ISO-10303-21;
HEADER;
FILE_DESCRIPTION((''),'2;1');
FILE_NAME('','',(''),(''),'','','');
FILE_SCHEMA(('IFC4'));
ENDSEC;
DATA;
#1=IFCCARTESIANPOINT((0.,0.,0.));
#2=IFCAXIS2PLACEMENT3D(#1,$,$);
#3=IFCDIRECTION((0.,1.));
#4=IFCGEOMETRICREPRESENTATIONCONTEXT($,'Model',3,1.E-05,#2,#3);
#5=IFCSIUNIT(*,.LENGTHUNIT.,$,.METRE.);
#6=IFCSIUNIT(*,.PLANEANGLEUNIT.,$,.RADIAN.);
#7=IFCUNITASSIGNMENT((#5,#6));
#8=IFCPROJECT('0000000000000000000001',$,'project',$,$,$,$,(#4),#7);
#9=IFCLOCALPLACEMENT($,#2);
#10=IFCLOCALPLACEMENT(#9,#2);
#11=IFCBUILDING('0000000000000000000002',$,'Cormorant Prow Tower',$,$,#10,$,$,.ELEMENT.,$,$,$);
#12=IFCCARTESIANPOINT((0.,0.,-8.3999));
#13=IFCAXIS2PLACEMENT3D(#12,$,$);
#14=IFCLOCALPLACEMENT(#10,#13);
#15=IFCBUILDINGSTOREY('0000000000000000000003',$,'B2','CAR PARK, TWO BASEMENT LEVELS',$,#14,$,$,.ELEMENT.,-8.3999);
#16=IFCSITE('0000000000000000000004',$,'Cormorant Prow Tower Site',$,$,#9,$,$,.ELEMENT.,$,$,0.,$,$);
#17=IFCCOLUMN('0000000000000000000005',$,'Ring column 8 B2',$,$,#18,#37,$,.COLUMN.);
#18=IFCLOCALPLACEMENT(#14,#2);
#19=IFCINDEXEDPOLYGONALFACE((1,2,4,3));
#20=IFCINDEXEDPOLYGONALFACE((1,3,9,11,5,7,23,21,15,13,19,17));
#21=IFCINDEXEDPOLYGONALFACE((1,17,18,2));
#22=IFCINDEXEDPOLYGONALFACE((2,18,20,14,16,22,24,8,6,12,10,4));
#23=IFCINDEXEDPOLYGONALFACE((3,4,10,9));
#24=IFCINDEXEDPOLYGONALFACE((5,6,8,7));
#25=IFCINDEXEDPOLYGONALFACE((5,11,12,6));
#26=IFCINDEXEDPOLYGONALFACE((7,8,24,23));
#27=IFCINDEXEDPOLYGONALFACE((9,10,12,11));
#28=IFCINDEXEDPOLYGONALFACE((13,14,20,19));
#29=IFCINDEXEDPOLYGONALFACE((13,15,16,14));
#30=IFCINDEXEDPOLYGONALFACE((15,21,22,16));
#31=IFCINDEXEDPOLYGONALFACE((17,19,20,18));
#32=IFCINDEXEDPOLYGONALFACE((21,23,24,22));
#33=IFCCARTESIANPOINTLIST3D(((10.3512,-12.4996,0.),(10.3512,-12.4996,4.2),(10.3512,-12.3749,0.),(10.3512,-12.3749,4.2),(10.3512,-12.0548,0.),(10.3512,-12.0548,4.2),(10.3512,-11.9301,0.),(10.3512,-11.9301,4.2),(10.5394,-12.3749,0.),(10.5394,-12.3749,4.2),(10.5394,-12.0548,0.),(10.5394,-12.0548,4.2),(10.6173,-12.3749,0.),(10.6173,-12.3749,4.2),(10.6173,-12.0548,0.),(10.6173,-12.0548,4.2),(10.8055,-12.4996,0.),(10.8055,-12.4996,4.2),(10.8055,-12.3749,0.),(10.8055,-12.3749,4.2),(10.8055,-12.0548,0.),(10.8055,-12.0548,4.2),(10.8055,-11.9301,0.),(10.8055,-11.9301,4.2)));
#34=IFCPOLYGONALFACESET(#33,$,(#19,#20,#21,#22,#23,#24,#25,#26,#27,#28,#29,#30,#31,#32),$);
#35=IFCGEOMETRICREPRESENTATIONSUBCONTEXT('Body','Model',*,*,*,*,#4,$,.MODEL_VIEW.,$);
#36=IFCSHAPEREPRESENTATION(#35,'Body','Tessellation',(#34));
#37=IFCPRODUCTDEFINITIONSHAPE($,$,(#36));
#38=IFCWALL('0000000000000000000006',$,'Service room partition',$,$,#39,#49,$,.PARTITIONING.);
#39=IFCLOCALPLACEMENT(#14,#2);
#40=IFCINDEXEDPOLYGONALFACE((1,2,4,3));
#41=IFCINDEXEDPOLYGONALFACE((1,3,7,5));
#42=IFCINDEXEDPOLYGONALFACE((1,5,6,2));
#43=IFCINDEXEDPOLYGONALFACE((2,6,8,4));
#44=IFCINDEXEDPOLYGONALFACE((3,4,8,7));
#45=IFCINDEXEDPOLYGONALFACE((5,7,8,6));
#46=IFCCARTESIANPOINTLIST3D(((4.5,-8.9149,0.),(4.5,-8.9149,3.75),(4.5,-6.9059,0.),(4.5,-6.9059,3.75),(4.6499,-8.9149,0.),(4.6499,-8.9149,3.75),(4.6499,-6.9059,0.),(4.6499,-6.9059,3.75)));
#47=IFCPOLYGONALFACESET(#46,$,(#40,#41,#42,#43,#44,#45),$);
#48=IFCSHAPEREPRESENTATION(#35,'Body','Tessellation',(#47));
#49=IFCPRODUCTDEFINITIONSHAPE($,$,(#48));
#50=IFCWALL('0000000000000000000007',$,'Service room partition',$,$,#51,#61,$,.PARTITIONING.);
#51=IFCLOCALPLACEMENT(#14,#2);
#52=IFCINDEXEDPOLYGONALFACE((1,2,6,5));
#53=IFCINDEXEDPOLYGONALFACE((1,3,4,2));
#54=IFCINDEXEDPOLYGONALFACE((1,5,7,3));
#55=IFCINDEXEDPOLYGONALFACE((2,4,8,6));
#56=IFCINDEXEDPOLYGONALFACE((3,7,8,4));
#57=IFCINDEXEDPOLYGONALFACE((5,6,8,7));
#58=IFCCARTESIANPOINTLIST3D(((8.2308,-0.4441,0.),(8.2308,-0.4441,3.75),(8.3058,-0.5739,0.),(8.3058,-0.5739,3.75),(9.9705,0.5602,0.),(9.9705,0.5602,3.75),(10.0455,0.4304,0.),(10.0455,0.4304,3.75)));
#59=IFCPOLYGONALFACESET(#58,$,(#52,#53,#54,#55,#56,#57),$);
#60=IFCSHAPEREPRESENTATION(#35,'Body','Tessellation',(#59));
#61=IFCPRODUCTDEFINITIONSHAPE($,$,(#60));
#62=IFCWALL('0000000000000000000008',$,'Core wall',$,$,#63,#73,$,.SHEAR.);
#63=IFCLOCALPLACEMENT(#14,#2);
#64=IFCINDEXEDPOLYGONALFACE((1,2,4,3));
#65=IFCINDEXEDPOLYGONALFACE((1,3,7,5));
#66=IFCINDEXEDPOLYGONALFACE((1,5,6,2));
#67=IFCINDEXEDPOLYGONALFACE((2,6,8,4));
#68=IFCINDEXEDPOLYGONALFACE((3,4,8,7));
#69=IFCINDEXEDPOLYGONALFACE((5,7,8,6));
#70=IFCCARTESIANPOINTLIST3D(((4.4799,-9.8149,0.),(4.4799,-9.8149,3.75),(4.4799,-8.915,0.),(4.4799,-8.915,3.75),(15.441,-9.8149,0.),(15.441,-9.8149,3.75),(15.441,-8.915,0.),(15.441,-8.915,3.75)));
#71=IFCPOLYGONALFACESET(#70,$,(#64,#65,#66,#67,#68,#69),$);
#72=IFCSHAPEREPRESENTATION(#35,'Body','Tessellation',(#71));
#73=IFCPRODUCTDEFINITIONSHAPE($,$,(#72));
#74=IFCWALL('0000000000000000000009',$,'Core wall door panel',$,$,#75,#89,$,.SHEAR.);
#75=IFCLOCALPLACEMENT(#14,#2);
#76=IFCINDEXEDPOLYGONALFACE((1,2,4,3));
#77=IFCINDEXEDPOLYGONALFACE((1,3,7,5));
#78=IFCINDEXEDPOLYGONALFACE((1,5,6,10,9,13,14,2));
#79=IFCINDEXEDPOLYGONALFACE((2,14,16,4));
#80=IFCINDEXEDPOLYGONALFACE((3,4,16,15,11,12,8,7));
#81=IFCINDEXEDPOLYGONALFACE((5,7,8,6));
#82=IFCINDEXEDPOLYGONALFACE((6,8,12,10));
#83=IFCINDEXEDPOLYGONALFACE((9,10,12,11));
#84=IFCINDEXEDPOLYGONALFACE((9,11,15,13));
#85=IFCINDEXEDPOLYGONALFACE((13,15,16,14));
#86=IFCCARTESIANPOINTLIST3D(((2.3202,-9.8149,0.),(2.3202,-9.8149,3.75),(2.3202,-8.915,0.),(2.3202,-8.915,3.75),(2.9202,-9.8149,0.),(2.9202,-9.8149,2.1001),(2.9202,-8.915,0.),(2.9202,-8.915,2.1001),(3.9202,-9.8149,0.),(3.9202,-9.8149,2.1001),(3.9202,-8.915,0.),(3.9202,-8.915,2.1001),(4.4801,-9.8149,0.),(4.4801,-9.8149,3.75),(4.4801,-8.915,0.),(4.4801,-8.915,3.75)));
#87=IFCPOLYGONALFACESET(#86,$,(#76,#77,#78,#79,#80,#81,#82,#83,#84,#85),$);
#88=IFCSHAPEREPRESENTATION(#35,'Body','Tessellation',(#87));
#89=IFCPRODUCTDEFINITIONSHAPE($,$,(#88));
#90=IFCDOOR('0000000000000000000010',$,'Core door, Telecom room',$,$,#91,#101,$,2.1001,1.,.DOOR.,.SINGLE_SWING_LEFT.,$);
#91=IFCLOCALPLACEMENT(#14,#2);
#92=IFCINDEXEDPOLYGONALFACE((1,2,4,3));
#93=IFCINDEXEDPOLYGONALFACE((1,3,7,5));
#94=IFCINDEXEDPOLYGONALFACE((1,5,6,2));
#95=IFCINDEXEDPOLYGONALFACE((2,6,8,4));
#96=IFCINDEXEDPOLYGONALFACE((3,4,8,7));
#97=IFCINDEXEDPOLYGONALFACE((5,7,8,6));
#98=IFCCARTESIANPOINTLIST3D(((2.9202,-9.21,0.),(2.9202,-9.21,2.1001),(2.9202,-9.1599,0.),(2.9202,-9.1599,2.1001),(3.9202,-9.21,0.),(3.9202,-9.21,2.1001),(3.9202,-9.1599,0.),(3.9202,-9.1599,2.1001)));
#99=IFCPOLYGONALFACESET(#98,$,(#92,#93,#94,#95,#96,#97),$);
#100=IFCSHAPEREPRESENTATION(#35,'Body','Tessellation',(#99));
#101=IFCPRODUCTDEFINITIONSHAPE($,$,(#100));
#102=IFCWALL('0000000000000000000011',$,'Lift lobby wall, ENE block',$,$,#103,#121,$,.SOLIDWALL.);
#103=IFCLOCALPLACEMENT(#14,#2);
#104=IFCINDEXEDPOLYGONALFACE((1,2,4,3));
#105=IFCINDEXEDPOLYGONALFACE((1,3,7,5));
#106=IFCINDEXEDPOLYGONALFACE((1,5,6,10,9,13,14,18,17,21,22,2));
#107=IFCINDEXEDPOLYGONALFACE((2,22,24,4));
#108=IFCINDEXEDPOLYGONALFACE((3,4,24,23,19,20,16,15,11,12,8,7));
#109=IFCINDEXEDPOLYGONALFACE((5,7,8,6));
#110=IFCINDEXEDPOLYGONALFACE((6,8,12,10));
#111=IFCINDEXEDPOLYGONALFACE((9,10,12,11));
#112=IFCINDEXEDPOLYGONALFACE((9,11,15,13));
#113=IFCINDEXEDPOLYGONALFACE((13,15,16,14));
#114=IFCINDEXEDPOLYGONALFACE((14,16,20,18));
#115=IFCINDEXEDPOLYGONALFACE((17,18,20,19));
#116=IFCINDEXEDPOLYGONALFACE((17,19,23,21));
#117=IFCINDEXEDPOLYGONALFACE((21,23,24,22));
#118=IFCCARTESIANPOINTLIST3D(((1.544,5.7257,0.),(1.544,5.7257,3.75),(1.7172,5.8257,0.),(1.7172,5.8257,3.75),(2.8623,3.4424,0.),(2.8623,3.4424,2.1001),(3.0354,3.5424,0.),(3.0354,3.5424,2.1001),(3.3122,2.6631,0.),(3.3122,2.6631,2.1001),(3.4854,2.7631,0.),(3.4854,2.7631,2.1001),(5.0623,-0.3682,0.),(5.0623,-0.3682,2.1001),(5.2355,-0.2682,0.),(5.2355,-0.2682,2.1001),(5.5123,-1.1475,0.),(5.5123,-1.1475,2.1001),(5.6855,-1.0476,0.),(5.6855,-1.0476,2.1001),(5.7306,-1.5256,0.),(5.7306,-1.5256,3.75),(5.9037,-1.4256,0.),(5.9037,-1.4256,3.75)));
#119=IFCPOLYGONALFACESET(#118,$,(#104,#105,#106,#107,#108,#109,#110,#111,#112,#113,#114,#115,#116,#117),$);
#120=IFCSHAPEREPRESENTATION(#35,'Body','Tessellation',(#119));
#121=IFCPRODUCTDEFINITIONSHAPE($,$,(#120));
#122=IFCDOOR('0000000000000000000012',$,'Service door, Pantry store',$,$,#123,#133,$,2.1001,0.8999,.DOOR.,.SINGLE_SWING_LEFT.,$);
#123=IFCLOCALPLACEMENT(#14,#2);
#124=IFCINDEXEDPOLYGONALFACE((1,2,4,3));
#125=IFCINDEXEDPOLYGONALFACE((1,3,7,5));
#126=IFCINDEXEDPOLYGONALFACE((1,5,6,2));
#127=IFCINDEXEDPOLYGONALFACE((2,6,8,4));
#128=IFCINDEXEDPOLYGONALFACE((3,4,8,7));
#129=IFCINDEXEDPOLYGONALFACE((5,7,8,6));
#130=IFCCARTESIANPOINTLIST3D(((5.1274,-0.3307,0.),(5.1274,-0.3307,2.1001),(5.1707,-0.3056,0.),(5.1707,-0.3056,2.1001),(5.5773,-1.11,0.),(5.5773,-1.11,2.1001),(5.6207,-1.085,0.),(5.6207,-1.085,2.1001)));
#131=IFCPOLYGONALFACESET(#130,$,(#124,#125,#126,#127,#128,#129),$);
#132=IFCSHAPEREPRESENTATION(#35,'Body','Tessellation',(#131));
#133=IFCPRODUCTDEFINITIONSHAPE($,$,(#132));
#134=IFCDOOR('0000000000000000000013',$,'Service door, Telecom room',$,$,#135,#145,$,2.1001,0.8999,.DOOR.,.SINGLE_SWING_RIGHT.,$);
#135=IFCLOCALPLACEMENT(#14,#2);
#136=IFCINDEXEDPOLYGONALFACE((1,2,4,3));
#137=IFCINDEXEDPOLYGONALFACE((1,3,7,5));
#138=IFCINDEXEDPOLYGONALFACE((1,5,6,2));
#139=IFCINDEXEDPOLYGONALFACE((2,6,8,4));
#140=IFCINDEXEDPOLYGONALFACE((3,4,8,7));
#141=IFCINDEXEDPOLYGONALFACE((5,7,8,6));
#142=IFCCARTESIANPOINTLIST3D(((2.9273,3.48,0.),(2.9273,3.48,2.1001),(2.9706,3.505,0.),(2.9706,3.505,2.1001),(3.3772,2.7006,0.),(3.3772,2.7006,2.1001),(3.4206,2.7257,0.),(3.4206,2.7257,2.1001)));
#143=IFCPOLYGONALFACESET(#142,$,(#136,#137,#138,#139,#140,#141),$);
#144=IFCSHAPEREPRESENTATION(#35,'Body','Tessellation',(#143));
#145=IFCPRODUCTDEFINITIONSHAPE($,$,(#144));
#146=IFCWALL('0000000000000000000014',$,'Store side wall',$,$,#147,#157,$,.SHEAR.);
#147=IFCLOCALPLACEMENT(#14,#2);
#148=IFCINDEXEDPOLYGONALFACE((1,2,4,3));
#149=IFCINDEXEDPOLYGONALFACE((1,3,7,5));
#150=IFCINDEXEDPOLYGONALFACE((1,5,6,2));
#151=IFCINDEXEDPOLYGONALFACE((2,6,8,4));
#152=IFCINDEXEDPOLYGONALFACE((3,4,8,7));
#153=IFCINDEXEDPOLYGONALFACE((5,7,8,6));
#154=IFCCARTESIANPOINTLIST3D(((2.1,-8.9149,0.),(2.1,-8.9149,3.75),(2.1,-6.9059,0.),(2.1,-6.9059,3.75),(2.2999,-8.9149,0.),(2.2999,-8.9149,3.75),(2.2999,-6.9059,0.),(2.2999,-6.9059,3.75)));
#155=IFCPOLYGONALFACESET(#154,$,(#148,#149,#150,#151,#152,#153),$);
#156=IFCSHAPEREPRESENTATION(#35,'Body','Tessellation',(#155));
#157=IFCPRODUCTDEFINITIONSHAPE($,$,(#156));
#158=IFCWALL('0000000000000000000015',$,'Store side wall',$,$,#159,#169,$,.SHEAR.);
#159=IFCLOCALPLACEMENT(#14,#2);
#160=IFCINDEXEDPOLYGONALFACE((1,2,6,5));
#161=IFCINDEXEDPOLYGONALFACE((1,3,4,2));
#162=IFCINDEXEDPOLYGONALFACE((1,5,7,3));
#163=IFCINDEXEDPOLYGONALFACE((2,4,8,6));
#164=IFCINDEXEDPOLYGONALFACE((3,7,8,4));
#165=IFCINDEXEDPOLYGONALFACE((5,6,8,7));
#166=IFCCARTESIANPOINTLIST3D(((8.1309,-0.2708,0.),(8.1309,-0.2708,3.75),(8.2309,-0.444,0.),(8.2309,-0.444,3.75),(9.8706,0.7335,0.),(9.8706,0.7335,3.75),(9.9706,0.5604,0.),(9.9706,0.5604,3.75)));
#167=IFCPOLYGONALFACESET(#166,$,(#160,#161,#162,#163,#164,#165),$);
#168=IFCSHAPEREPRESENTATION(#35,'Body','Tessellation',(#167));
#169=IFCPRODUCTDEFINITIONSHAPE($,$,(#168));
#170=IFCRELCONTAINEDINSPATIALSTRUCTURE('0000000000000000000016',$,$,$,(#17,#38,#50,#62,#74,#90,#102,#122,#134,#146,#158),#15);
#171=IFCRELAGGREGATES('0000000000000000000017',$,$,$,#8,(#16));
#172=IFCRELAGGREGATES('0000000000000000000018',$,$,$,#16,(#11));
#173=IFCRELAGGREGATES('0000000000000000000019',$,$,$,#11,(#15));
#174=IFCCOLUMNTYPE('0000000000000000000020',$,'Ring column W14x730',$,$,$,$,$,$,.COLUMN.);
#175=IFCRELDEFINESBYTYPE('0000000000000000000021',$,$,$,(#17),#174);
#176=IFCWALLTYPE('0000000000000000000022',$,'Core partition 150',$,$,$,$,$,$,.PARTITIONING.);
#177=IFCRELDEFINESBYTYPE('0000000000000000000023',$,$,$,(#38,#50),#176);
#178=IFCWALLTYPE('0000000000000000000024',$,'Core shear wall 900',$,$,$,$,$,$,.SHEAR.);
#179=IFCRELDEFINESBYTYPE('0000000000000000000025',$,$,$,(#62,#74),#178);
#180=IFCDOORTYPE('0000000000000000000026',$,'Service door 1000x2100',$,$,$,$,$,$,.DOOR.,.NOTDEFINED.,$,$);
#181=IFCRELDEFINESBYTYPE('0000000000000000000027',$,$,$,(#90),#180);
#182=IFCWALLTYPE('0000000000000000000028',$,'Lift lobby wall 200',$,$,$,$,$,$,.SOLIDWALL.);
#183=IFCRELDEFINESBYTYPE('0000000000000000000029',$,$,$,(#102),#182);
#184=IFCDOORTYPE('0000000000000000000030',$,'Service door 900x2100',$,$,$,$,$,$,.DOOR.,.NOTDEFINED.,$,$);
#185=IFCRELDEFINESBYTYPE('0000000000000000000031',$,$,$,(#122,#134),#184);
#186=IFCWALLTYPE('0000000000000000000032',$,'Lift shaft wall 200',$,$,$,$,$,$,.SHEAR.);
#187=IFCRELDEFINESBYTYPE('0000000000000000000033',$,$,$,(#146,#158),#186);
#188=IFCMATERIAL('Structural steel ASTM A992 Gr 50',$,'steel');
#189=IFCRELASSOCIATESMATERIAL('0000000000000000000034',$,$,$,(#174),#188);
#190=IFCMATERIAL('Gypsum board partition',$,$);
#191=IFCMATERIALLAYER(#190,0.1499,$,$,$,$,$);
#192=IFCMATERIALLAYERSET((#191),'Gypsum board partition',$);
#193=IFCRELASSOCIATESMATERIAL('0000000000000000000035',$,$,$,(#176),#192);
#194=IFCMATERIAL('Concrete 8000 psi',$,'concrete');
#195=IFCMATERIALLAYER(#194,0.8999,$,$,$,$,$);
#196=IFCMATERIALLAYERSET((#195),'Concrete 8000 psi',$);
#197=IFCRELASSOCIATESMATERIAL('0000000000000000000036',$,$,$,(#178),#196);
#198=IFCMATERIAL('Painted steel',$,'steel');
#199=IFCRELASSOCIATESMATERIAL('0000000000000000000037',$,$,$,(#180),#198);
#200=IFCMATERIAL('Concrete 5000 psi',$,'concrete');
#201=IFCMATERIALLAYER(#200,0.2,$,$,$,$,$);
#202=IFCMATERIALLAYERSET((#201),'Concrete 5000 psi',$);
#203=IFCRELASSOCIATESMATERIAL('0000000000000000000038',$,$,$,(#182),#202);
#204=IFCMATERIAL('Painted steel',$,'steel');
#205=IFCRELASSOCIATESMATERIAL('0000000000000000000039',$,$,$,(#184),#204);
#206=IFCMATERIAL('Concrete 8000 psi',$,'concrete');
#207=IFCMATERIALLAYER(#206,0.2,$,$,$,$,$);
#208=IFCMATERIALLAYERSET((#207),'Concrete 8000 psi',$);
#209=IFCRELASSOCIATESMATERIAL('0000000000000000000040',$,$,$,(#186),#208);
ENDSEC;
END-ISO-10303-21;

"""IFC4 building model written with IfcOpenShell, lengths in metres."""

from ifc_helpers import new_model, si_unit, direction, frame, frame_2d, origin, origin_2d, place, context, subcontext, project, spatial, rectangle, i_section, extrude, material, layer, layer_set, material_profile, profile_set, type_object, element, fill, save


model = new_model("IFC4")

# Units and contexts
model_context = context("Model", 3, precision=1e-05, world=origin(), true_north=direction((0.0, 1.0)))
body_context = subcontext(model_context, "Body", "Model", "MODEL_VIEW")
ifc_project = project(units=[si_unit("LENGTHUNIT", "METRE"), si_unit("PLANEANGLEUNIT", "RADIAN")], contexts=[model_context])

# Site, building, storey
site_placement = place(None, origin())
site = spatial("IfcSite", under=ifc_project, at=site_placement, Name="Cormorant Prow Tower Site", CompositionType="ELEMENT", RefElevation=0.0)
building_placement = place(site_placement, origin())
building = spatial("IfcBuilding", under=site, at=building_placement, Name="Cormorant Prow Tower", CompositionType="ELEMENT")
storey_placement = place(building_placement, frame((0.0, 0.0, -8.3999)))
storey = spatial("IfcBuildingStorey", under=building, at=storey_placement, Name="B2", Description="CAR PARK, TWO BASEMENT LEVELS", CompositionType="ELEMENT", Elevation=-8.3999)

# Column
ifc_material_1 = material(Name="Structural steel ASTM A992 Gr 50", Category="steel")
ifc_material_profile_1 = material_profile(ifc_material_1, i_section(OverallWidth=0.4543, OverallDepth=0.5696, WebThickness=0.0779, FlangeThickness=0.1248, at=origin_2d()), Name="W14x730")
ifc_profile_set_1 = profile_set([ifc_material_profile_1], Name="Structural steel ASTM A992 Gr 50")
column_type_1 = type_object("IfcColumnType", Name="Ring column W14x730", PredefinedType="COLUMN", material=ifc_profile_set_1)
column_1_placement = place(storey_placement, frame((10.5784, -12.2148, 0.0), z_axis=(0.0, 0.0, 1.0), x_axis=(1.0, 0.0, 0.0)))
element("IfcColumn", 1, at=column_1_placement, inside=storey, type_object=column_type_1, Name="Ring column 8 B2", PredefinedType="COLUMN", context=body_context, shape_type="SweptSolid", body=[
    extrude(i_section(OverallWidth=0.4543, OverallDepth=0.5696, WebThickness=0.0779, FlangeThickness=0.1248, at=origin_2d()), origin(), (0.0, 0.0, 1.0), 4.2),
])

# Walls
ifc_material_2 = material(Name="Gypsum board partition")
ifc_layer_1 = layer(ifc_material_2, 0.1499)
ifc_layer_set_1 = layer_set([ifc_layer_1], Name="Gypsum board partition")
wall_type_1 = type_object("IfcWallType", Name="Core partition 150", PredefinedType="PARTITIONING", material=ifc_layer_set_1)
wall_1_placement = place(storey_placement, frame((4.575, -6.906, 0.0), z_axis=(0.0, 0.0, 1.0), x_axis=(0.0, -1.0, 0.0)))
element("IfcWall", 2, at=wall_1_placement, inside=storey, type_object=wall_type_1, Name="Service room partition", PredefinedType="PARTITIONING", context=body_context, shape_type="SweptSolid", body=[
    extrude(rectangle(XDim=2.009, YDim=0.1499, at=frame_2d((1.0044, 0.0))), origin(), (0.0, 0.0, 1.0), 3.75),
])
wall_2_placement = place(storey_placement, frame((8.2683, -0.509, 0.0), z_axis=(0.0, 0.0, 1.0), x_axis=(0.866036, 0.499982, 0.0)))
element("IfcWall", 3, at=wall_2_placement, inside=storey, type_object=wall_type_1, Name="Service room partition", PredefinedType="PARTITIONING", context=body_context, shape_type="SweptSolid", body=[
    extrude(rectangle(XDim=2.0088, YDim=0.1499, at=frame_2d((1.0044, 0.0))), origin(), (0.0, 0.0, 1.0), 3.75),
])
ifc_material_3 = material(Name="Concrete 8000 psi", Category="concrete")
ifc_layer_2 = layer(ifc_material_3, 0.8999)
ifc_layer_set_2 = layer_set([ifc_layer_2], Name="Concrete 8000 psi")
wall_type_2 = type_object("IfcWallType", Name="Core shear wall 900", PredefinedType="SHEAR", material=ifc_layer_set_2)
wall_3_placement = place(storey_placement, frame((4.48, -9.365, 0.0), z_axis=(0.0, 0.0, 1.0), x_axis=(1.0, 0.0, 0.0)))
element("IfcWall", 4, at=wall_3_placement, inside=storey, type_object=wall_type_2, Name="Core wall", PredefinedType="SHEAR", context=body_context, shape_type="SweptSolid", body=[
    extrude(rectangle(XDim=10.9612, YDim=0.8999, at=frame_2d((5.4805, 0.0))), origin(), (0.0, 0.0, 1.0), 3.75),
])

# Wall, opening, door
wall_4_placement = place(storey_placement, frame((2.3201, -9.365, 0.0), z_axis=(0.0, 0.0, 1.0), x_axis=(1.0, 0.0, 0.0)))
wall_4 = element("IfcWall", 5, at=wall_4_placement, inside=storey, type_object=wall_type_2, Name="Core wall door panel", PredefinedType="SHEAR", context=body_context, shape_type="SweptSolid", body=[
    extrude(rectangle(XDim=2.1599, YDim=0.8999, at=frame_2d((1.0801, 0.0))), origin(), (0.0, 0.0, 1.0), 3.75),
])
opening_1_placement = place(wall_4_placement, frame((0.6001, 0.0, 0.0)))
opening_1 = element("IfcOpeningElement", 6, at=opening_1_placement, cuts=wall_4, PredefinedType="OPENING", context=body_context, shape_type="SweptSolid", body=[
    extrude(rectangle(XDim=1.0, YDim=2.1001, at=frame_2d((0.5, 1.05))), frame((0.0, 0.46, 0.0), z_axis=(0.0, -1.0, 0.0), x_axis=(1.0, 0.0, 0.0)), (0.0, 0.0, 1.0), 0.9199),
])
ifc_material_4 = material(Name="Painted steel", Category="steel")
door_type_1 = type_object("IfcDoorType", Name="Service door 1000x2100", OperationType="NOTDEFINED", PredefinedType="DOOR", material=ifc_material_4)
door_1_placement = place(opening_1_placement, origin())
door_1 = element("IfcDoor", 7, at=door_1_placement, inside=storey, type_object=door_type_1, Name="Core door, Telecom room", OperationType="SINGLE_SWING_LEFT", OverallHeight=2.1001, OverallWidth=1.0, PredefinedType="DOOR", context=body_context, shape_type="SweptSolid", body=[
    extrude(rectangle(XDim=1.0, YDim=2.1001, at=frame_2d((0.5, 1.05))), frame((0.0, 0.2051, 0.0), z_axis=(0.0, -1.0, 0.0), x_axis=(1.0, 0.0, 0.0)), (0.0, 0.0, 1.0), 0.05),
])
fill(opening_1, door_1)

# Wall, openings, doors
ifc_material_5 = material(Name="Concrete 5000 psi", Category="concrete")
ifc_layer_3 = layer(ifc_material_5, 0.2)
ifc_layer_set_3 = layer_set([ifc_layer_3], Name="Concrete 5000 psi")
wall_type_3 = type_object("IfcWallType", Name="Lift lobby wall 200", PredefinedType="SOLIDWALL", material=ifc_layer_set_3)
wall_5_placement = place(storey_placement, frame((5.8171, -1.4756, 0.0), z_axis=(0.0, 0.0, 1.0), x_axis=(-0.500003, 0.866024, 0.0)))
wall_5 = element("IfcWall", 8, at=wall_5_placement, inside=storey, type_object=wall_type_3, Name="Lift lobby wall, ENE block", PredefinedType="SOLIDWALL", context=body_context, shape_type="SweptSolid", body=[
    extrude(rectangle(XDim=8.373, YDim=0.2, at=frame_2d((4.1865, 0.0))), origin(), (0.0, 0.0, 1.0), 3.75),
])
opening_2_placement = place(wall_5_placement, frame((0.4365, 0.0, 0.0)))
opening_2 = element("IfcOpeningElement", 9, at=opening_2_placement, cuts=wall_5, PredefinedType="OPENING", context=body_context, shape_type="SweptSolid", body=[
    extrude(rectangle(XDim=0.8999, YDim=2.1001, at=frame_2d((0.45, 1.05))), frame((0.0, 0.1099, 0.0), z_axis=(0.0, -1.0, 0.0), x_axis=(1.0, 0.0, 0.0)), (0.0, 0.0, 1.0), 0.22),
])
opening_3_placement = place(wall_5_placement, frame((4.8367, 0.0, 0.0)))
opening_3 = element("IfcOpeningElement", 10, at=opening_3_placement, cuts=wall_5, PredefinedType="OPENING", context=body_context, shape_type="SweptSolid", body=[
    extrude(rectangle(XDim=0.8999, YDim=2.1001, at=frame_2d((0.45, 1.05))), frame((0.0, 0.1099, 0.0), z_axis=(0.0, -1.0, 0.0), x_axis=(1.0, 0.0, 0.0)), (0.0, 0.0, 1.0), 0.22),
])
ifc_material_6 = material(Name="Painted steel", Category="steel")
door_type_2 = type_object("IfcDoorType", Name="Service door 900x2100", OperationType="NOTDEFINED", PredefinedType="DOOR", material=ifc_material_6)
door_2_placement = place(opening_2_placement, origin())
door_2 = element("IfcDoor", 11, at=door_2_placement, inside=storey, type_object=door_type_2, Name="Service door, Pantry store", OperationType="SINGLE_SWING_LEFT", OverallHeight=2.1001, OverallWidth=0.8999, PredefinedType="DOOR", context=body_context, shape_type="SweptSolid", body=[
    extrude(rectangle(XDim=0.8999, YDim=2.1001, at=frame_2d((0.45, 1.05))), frame((0.0, 0.0249, 0.0), z_axis=(0.0, -1.0, 0.0), x_axis=(1.0, 0.0, 0.0)), (0.0, 0.0, 1.0), 0.05),
])
fill(opening_2, door_2)
door_3_placement = place(opening_3_placement, origin())
door_3 = element("IfcDoor", 12, at=door_3_placement, inside=storey, type_object=door_type_2, Name="Service door, Telecom room", OperationType="SINGLE_SWING_RIGHT", OverallHeight=2.1001, OverallWidth=0.8999, PredefinedType="DOOR", context=body_context, shape_type="SweptSolid", body=[
    extrude(rectangle(XDim=0.8999, YDim=2.1001, at=frame_2d((0.45, 1.05))), frame((0.0, 0.0249, 0.0), z_axis=(0.0, -1.0, 0.0), x_axis=(1.0, 0.0, 0.0)), (0.0, 0.0, 1.0), 0.05),
])
fill(opening_3, door_3)

# Walls
ifc_material_7 = material(Name="Concrete 8000 psi", Category="concrete")
ifc_layer_4 = layer(ifc_material_7, 0.2)
ifc_layer_set_4 = layer_set([ifc_layer_4], Name="Concrete 8000 psi")
wall_type_4 = type_object("IfcWallType", Name="Lift shaft wall 200", PredefinedType="SHEAR", material=ifc_layer_set_4)
wall_6_placement = place(storey_placement, frame((2.2, -6.906, 0.0), z_axis=(0.0, 0.0, 1.0), x_axis=(0.0, -1.0, 0.0)))
element("IfcWall", 13, at=wall_6_placement, inside=storey, type_object=wall_type_4, Name="Store side wall", PredefinedType="SHEAR", context=body_context, shape_type="SweptSolid", body=[
    extrude(rectangle(XDim=2.009, YDim=0.2, at=frame_2d((1.0044, 0.0))), origin(), (0.0, 0.0, 1.0), 3.75),
])
wall_7_placement = place(storey_placement, frame((8.1809, -0.3574, 0.0), z_axis=(0.0, 0.0, 1.0), x_axis=(0.866036, 0.499982, 0.0)))
element("IfcWall", 14, at=wall_7_placement, inside=storey, type_object=wall_type_4, Name="Store side wall", PredefinedType="SHEAR", context=body_context, shape_type="SweptSolid", body=[
    extrude(rectangle(XDim=2.0088, YDim=0.2, at=frame_2d((1.0044, 0.0))), origin(), (0.0, 0.0, 1.0), 3.75),
])

save(model, "model.ifc")
